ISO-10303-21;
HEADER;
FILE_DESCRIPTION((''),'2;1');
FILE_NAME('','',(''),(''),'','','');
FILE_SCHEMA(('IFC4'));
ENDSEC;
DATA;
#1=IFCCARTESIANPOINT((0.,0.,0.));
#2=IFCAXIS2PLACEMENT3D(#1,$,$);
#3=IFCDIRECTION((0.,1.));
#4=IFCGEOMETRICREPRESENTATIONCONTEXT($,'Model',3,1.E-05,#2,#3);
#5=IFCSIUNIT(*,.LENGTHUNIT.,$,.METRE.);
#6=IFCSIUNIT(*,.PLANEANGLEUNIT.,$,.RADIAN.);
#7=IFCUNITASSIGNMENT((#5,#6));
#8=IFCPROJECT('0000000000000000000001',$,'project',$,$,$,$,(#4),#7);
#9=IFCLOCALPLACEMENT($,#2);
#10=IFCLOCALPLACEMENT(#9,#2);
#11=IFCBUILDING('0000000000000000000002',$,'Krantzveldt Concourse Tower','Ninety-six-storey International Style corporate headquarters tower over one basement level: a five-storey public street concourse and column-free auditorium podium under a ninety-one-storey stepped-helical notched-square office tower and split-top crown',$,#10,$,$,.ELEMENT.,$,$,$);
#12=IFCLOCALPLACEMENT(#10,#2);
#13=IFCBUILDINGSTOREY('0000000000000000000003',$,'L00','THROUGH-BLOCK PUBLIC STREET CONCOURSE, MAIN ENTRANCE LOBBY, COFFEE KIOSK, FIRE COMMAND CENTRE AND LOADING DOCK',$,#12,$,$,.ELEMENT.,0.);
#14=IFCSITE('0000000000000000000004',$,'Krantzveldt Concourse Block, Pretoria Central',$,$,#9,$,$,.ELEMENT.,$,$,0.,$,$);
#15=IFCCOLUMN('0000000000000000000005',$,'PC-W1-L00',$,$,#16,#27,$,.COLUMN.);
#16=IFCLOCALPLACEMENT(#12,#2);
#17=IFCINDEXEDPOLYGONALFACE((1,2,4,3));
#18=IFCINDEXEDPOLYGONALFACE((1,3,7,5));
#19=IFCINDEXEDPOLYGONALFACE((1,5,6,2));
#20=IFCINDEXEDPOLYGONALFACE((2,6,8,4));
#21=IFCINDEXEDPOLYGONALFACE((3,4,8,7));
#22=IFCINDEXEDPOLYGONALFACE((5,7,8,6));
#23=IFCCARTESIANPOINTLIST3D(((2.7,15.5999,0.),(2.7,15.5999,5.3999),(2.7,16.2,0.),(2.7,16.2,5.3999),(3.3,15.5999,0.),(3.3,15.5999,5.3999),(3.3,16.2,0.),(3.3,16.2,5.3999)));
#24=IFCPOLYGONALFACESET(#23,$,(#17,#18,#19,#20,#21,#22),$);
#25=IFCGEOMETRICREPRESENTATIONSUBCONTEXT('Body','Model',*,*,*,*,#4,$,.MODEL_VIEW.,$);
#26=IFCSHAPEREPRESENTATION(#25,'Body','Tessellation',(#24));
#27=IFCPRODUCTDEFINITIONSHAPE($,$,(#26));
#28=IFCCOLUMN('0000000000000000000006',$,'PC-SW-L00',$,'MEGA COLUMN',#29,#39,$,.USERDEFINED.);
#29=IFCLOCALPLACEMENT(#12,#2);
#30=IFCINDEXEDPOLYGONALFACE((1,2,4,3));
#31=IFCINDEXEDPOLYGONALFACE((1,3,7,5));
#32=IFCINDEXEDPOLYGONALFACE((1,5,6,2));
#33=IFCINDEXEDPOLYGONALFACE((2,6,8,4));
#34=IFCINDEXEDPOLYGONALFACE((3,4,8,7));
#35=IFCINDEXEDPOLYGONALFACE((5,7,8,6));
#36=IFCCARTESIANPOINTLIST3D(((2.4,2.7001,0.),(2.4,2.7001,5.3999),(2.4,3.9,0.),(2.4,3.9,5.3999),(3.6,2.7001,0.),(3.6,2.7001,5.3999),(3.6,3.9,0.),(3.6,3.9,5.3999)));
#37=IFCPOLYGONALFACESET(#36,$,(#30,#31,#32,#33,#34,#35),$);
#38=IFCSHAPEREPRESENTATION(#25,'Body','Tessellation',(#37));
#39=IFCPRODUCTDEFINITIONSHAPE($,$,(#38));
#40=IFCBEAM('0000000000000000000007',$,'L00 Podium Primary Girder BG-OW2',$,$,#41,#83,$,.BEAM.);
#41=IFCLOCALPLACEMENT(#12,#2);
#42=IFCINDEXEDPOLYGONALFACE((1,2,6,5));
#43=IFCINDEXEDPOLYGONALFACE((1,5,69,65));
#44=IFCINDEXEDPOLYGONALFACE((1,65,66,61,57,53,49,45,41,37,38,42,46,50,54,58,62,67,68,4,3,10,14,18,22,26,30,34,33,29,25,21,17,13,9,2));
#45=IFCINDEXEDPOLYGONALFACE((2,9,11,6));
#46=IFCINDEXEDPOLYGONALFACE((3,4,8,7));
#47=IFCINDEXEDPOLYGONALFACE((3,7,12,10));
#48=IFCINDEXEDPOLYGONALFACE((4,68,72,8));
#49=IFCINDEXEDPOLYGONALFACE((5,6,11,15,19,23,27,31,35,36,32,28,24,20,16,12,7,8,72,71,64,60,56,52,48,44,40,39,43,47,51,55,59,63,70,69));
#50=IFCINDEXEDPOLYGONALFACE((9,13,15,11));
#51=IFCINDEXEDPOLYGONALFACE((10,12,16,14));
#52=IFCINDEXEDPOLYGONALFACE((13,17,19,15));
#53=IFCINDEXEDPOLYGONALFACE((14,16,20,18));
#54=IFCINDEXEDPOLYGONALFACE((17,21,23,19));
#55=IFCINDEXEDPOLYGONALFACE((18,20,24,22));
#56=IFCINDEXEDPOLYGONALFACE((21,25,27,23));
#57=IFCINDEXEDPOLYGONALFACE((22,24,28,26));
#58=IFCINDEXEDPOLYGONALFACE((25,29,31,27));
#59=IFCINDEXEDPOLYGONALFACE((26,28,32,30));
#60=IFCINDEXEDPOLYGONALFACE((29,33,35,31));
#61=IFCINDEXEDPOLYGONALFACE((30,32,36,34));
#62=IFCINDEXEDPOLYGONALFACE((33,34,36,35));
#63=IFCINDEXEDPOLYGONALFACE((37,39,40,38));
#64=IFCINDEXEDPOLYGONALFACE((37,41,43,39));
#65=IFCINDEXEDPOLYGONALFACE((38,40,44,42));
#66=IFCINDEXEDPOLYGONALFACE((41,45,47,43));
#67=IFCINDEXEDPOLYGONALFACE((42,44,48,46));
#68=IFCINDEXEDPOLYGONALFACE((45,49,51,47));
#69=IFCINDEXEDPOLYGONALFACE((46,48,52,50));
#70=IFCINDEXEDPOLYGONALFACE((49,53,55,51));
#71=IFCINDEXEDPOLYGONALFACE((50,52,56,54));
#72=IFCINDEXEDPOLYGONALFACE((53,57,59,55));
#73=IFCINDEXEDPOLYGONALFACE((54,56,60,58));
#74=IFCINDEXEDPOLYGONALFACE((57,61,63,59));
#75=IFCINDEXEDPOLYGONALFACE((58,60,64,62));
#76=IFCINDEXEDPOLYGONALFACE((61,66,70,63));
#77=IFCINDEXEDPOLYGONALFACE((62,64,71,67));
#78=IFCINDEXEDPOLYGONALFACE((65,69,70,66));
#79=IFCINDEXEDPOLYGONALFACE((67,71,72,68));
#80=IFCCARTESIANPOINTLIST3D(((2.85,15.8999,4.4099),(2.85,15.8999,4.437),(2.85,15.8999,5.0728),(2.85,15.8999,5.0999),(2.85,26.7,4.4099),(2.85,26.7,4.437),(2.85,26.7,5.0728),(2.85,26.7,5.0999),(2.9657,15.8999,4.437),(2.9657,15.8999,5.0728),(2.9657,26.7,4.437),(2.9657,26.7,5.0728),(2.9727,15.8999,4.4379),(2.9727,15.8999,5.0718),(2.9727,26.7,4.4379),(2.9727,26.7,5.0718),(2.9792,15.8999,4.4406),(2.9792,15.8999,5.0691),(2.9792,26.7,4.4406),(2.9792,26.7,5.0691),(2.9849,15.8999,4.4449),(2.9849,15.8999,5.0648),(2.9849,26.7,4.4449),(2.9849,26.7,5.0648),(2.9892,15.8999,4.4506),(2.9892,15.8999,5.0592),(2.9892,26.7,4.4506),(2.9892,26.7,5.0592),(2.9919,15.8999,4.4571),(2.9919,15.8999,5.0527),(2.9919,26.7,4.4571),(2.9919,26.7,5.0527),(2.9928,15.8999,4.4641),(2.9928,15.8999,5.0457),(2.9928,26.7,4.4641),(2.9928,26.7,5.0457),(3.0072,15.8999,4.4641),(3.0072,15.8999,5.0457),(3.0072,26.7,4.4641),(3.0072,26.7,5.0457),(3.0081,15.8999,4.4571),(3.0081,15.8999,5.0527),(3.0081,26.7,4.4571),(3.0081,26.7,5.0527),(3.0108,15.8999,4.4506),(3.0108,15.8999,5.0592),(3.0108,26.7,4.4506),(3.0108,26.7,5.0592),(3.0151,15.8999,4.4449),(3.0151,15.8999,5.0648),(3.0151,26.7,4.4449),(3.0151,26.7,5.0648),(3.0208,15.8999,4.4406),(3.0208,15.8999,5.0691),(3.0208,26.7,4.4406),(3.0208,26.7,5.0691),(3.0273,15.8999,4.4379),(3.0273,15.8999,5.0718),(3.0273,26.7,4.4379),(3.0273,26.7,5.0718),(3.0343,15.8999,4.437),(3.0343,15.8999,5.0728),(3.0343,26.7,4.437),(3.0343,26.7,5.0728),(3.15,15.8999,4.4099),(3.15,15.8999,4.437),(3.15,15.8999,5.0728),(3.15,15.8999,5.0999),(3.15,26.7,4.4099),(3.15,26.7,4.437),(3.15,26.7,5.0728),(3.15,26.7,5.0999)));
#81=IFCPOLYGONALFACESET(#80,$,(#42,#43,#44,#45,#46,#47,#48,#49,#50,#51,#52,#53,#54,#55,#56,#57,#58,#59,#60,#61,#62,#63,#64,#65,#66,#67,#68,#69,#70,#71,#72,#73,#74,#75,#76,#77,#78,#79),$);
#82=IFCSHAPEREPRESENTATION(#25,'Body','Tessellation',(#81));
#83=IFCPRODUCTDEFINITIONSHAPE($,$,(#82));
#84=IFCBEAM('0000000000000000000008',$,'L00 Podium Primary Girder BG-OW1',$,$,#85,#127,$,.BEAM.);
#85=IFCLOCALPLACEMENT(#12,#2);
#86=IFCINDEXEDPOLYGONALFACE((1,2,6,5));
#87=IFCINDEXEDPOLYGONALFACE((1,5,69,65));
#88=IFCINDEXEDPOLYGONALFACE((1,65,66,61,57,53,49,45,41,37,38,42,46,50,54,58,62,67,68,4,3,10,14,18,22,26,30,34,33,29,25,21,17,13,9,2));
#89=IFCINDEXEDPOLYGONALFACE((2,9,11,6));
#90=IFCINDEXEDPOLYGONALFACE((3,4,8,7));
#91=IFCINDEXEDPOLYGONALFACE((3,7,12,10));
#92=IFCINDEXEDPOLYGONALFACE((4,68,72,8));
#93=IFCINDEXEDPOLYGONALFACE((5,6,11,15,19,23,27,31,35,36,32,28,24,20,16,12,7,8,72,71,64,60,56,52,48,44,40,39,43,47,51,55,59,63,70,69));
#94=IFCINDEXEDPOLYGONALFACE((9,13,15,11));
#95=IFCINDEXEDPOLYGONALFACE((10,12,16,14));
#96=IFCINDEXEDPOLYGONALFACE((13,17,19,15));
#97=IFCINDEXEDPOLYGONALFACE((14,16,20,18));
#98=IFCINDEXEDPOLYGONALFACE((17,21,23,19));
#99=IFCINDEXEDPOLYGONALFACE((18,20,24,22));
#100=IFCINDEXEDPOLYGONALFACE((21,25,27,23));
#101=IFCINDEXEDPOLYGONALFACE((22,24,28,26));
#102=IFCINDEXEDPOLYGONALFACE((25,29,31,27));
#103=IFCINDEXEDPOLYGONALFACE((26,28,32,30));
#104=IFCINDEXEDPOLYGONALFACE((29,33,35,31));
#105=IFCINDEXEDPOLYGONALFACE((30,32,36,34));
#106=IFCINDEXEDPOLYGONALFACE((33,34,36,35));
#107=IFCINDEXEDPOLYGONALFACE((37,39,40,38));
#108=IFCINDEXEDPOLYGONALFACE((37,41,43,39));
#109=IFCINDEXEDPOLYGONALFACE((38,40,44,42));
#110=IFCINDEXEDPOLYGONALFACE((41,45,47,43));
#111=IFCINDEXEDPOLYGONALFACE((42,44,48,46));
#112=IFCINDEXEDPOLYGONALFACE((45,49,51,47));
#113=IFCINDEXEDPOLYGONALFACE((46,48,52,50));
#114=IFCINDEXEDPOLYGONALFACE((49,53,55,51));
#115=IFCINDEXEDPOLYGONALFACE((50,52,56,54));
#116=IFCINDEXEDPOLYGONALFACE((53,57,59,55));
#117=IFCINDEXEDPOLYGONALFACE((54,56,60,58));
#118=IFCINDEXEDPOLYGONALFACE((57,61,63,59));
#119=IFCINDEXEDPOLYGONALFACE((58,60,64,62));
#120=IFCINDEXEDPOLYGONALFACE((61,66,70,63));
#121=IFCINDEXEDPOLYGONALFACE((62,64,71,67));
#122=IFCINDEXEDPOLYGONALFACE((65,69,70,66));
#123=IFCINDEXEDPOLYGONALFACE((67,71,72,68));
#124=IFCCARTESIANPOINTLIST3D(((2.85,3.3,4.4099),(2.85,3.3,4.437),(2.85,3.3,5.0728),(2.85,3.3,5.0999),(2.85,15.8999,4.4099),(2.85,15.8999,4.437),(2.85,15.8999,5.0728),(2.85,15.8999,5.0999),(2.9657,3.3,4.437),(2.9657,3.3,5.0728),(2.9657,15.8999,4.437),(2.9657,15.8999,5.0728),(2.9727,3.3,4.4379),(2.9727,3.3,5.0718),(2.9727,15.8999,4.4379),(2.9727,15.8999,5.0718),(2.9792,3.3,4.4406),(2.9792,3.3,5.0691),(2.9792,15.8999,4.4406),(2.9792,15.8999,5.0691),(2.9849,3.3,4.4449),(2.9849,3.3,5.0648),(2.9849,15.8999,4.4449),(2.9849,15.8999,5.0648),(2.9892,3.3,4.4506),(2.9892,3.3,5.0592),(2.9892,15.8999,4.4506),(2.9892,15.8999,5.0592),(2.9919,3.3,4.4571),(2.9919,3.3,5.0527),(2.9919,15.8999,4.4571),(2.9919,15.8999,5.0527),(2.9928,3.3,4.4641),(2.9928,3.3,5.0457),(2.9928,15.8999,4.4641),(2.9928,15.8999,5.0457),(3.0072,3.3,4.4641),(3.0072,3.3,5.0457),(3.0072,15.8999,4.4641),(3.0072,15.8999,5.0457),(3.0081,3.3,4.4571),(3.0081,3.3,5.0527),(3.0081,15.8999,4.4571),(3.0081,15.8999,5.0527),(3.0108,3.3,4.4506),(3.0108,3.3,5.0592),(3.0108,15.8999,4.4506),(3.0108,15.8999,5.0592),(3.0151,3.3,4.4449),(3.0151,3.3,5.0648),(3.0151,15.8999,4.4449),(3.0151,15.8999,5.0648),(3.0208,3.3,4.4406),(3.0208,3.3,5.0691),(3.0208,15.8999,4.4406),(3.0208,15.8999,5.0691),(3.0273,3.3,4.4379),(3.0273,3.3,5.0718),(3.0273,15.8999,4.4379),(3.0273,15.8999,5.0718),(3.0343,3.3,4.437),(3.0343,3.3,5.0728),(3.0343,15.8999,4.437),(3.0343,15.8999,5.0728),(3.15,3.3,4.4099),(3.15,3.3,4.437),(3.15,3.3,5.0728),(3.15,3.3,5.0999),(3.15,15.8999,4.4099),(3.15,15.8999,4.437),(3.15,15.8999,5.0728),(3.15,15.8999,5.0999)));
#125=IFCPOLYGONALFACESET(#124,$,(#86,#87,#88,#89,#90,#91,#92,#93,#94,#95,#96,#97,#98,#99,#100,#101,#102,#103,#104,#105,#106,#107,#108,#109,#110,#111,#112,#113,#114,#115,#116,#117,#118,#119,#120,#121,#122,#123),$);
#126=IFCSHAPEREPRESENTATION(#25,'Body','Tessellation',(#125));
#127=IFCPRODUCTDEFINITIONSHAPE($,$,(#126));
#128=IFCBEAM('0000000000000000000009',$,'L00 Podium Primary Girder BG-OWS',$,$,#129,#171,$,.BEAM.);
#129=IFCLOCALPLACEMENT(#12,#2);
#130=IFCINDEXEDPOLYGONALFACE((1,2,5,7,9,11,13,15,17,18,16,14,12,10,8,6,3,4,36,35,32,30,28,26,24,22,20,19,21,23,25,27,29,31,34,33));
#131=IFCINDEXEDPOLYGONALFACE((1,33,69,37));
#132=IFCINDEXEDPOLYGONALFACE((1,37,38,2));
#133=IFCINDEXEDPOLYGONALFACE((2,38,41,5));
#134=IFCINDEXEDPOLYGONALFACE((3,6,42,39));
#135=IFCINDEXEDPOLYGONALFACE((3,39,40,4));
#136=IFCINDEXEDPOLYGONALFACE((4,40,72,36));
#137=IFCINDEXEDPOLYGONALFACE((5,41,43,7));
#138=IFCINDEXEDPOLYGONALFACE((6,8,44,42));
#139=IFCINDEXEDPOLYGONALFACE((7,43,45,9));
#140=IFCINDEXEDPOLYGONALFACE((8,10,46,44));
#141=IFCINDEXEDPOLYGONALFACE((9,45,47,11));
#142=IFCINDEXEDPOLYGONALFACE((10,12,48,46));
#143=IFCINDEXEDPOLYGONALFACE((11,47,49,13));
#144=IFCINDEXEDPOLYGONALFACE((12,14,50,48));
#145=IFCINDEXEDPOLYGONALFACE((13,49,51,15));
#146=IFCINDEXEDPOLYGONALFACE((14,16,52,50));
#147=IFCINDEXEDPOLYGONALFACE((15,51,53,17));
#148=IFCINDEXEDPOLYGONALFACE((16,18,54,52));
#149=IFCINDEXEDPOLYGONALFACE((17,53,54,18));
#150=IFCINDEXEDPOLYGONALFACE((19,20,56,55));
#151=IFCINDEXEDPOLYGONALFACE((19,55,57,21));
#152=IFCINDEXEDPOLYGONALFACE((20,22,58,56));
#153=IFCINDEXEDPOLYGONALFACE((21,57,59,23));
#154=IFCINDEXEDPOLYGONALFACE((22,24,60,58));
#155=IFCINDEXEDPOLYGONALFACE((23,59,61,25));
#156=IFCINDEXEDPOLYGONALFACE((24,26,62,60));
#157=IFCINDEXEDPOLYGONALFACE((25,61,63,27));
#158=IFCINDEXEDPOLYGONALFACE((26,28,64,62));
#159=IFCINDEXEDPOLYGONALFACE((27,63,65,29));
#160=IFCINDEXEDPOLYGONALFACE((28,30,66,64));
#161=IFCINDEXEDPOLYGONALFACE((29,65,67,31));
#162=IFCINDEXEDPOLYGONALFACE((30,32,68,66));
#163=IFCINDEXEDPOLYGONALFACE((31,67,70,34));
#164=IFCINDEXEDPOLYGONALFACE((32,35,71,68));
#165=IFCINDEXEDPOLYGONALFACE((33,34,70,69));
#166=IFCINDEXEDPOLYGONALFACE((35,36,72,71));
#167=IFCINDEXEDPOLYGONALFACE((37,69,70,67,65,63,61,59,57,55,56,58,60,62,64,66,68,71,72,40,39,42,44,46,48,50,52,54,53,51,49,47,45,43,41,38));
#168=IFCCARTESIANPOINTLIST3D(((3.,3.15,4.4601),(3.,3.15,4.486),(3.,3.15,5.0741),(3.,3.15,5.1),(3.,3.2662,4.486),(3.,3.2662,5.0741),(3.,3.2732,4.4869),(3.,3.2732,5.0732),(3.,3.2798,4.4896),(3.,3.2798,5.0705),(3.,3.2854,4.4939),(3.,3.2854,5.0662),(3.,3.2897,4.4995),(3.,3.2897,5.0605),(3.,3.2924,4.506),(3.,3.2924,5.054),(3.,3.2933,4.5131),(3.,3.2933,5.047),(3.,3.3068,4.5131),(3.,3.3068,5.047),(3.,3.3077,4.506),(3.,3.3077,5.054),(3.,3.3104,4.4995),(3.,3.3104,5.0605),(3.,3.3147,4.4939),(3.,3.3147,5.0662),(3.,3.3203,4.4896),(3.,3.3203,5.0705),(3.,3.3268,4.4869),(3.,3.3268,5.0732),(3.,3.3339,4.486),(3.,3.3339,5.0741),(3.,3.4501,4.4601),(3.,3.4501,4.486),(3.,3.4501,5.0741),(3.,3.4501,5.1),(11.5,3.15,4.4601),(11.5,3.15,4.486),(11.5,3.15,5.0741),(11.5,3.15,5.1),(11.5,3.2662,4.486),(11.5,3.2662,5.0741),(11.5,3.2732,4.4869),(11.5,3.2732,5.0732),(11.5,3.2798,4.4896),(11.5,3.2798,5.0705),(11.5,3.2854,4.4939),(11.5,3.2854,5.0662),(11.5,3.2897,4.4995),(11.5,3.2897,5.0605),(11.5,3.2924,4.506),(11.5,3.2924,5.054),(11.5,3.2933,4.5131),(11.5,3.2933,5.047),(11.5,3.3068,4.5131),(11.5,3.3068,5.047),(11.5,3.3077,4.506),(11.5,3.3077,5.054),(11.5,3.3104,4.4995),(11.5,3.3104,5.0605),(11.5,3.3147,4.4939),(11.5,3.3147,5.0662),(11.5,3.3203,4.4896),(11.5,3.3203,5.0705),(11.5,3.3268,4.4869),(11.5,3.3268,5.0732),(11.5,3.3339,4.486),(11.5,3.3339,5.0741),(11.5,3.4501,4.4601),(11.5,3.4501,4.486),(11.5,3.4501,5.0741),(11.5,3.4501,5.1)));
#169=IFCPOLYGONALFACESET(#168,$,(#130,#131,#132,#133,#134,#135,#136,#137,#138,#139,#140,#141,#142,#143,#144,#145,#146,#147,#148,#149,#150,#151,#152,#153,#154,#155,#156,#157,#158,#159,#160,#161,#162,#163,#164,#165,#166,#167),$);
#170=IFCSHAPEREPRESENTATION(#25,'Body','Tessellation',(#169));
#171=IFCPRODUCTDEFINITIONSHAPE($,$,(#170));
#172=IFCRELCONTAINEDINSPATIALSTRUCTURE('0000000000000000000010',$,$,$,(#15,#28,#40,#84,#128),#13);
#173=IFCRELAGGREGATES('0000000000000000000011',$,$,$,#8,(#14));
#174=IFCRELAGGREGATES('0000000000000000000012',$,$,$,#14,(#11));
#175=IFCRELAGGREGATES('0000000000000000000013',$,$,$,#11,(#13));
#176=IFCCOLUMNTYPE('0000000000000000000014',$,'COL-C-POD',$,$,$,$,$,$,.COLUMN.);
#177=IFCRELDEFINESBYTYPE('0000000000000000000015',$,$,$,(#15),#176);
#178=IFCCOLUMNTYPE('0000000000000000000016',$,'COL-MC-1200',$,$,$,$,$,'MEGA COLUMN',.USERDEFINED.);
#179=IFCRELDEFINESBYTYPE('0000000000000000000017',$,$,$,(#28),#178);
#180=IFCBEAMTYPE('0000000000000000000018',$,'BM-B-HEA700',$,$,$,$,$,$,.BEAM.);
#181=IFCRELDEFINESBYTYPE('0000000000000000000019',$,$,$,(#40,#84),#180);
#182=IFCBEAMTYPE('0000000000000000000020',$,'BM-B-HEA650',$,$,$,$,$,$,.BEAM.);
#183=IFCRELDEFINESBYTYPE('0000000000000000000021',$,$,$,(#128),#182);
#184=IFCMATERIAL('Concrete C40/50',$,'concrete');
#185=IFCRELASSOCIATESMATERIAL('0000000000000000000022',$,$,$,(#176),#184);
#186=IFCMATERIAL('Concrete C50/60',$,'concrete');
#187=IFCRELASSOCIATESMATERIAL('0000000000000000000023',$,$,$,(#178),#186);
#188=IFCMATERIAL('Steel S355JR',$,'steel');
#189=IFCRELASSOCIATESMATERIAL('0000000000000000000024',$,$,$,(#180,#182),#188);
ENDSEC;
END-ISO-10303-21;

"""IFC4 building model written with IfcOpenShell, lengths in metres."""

from ifc_helpers import new_model, si_unit, direction, frame, origin, origin_2d, place, context, subcontext, project, spatial, rectangle, i_section, extrude, source, transform, mapped, material, material_profile, profile_set, type_object, type_shapes, element, save


model = new_model("IFC4")

# Units and contexts
model_context = context("Model", 3, precision=1e-05, world=origin(), true_north=direction((0.0, 1.0)))
body_context = subcontext(model_context, "Body", "Model", "MODEL_VIEW")
ifc_project = project(units=[si_unit("LENGTHUNIT", "METRE"), si_unit("PLANEANGLEUNIT", "RADIAN")], contexts=[model_context])

# Site, building, storey
site_placement = place(None, origin())
site = spatial("IfcSite", under=ifc_project, at=site_placement, Name="Krantzveldt Concourse Block, Pretoria Central", CompositionType="ELEMENT", RefElevation=0.0)
building_placement = place(site_placement, origin())
building = spatial("IfcBuilding", under=site, at=building_placement, Name="Krantzveldt Concourse Tower", Description="Ninety-six-storey International Style corporate headquarters tower over one basement level: a five-storey public street concourse and column-free auditorium podium under a ninety-one-storey stepped-helical notched-square office tower and split-top crown", CompositionType="ELEMENT")
storey_placement = place(building_placement, origin())
storey = spatial("IfcBuildingStorey", under=building, at=storey_placement, Name="L00", Description="THROUGH-BLOCK PUBLIC STREET CONCOURSE, MAIN ENTRANCE LOBBY, COFFEE KIOSK, FIRE COMMAND CENTRE AND LOADING DOCK", CompositionType="ELEMENT", Elevation=0.0)

# Columns
ifc_material_1 = material(Name="Concrete C40/50", Category="concrete")
ifc_material_profile_1 = material_profile(ifc_material_1, rectangle(XDim=0.6001, YDim=0.6001, at=origin_2d()), Name="Concrete C40/50", Category="concrete")
ifc_profile_set_1 = profile_set([ifc_material_profile_1], Name="Concrete C40/50 - RC 600x600")
column_type_1 = type_object("IfcColumnType", Name="COL-C-POD", PredefinedType="COLUMN", material=ifc_profile_set_1)
shared_shape_1 = source(origin(), body_context, "Body", "SweptSolid", [
    extrude(rectangle(XDim=0.6001, YDim=0.6001, at=origin_2d()), origin(), (0.0, 0.0, 1.0), 5.3999),
])
type_shapes(column_type_1, [shared_shape_1])
column_1_placement = place(storey_placement, frame((3.0, 15.8999, 0.0), z_axis=(0.0, 0.0, 1.0), x_axis=(1.0, 0.0, 0.0)))
element("IfcColumn", 1, at=column_1_placement, inside=storey, type_object=column_type_1, Name="PC-W1-L00", PredefinedType="COLUMN", context=body_context, shape_type="MappedRepresentation", body=[
    mapped(shared_shape_1, transform((0.0, 0.0, 0.0), x_axis=(1.0, 0.0, 0.0), y_axis=(0.0, 1.0, 0.0), z_axis=(0.0, 0.0, 1.0), scale=1.0)),
])
ifc_material_2 = material(Name="Concrete C50/60", Category="concrete")
ifc_material_profile_2 = material_profile(ifc_material_2, rectangle(XDim=1.2, YDim=1.2, at=origin_2d()), Name="Concrete C50/60", Category="concrete")
ifc_profile_set_2 = profile_set([ifc_material_profile_2], Name="Concrete C50/60 - RC 1200x1200")
column_type_2 = type_object("IfcColumnType", Name="COL-MC-1200", ElementType="MEGA COLUMN", PredefinedType="USERDEFINED", material=ifc_profile_set_2)
shared_shape_2 = source(origin(), body_context, "Body", "SweptSolid", [
    extrude(rectangle(XDim=1.2, YDim=1.2, at=origin_2d()), origin(), (0.0, 0.0, 1.0), 5.3999),
])
type_shapes(column_type_2, [shared_shape_2])
column_2_placement = place(storey_placement, frame((3.0, 3.3, 0.0), z_axis=(0.0, 0.0, 1.0), x_axis=(1.0, 0.0, 0.0)))
element("IfcColumn", 2, at=column_2_placement, inside=storey, type_object=column_type_2, Name="PC-SW-L00", ObjectType="MEGA COLUMN", PredefinedType="USERDEFINED", context=body_context, shape_type="MappedRepresentation", body=[
    mapped(shared_shape_2, transform((0.0, 0.0, 0.0), x_axis=(1.0, 0.0, 0.0), y_axis=(0.0, 1.0, 0.0), z_axis=(0.0, 0.0, 1.0), scale=1.0)),
])

# Beams
ifc_material_3 = material(Name="Steel S355JR", Category="steel")
ifc_material_profile_3 = material_profile(ifc_material_3, i_section(OverallWidth=0.3, OverallDepth=0.6899, WebThickness=0.0144, FlangeThickness=0.0271, FilletRadius=0.0271, at=origin_2d()), Name="Steel S355JR", Category="steel")
ifc_profile_set_3 = profile_set([ifc_material_profile_3], Name="Steel S355JR - HEA 700")
beam_type_1 = type_object("IfcBeamType", Name="BM-B-HEA700", PredefinedType="BEAM", material=ifc_profile_set_3)
shared_shape_3 = source(origin(), body_context, "Body", "SweptSolid", [
    extrude(i_section(OverallWidth=0.3, OverallDepth=0.6899, WebThickness=0.0144, FlangeThickness=0.0271, FilletRadius=0.0271, at=origin_2d()), origin(), (0.0, 0.0, 1.0), 10.8),
])
beam_1_placement = place(storey_placement, frame((3.0, 15.8999, 4.7549), z_axis=(0.0, 1.0, 0.0), x_axis=(-1.0, 0.0, 0.0)))
element("IfcBeam", 3, at=beam_1_placement, inside=storey, type_object=beam_type_1, Name="L00 Podium Primary Girder BG-OW2", PredefinedType="BEAM", context=body_context, shape_type="MappedRepresentation", body=[
    mapped(shared_shape_3, transform((0.0, 0.0, 0.0), x_axis=(1.0, 0.0, 0.0), y_axis=(0.0, 1.0, 0.0), z_axis=(0.0, 0.0, 1.0), scale=1.0)),
])
shared_shape_4 = source(origin(), body_context, "Body", "SweptSolid", [
    extrude(i_section(OverallWidth=0.3, OverallDepth=0.6899, WebThickness=0.0144, FlangeThickness=0.0271, FilletRadius=0.0271, at=origin_2d()), origin(), (0.0, 0.0, 1.0), 12.5999),
])
type_shapes(beam_type_1, [shared_shape_3, shared_shape_4])
beam_2_placement = place(storey_placement, frame((3.0, 3.3, 4.7549), z_axis=(0.0, 1.0, 0.0), x_axis=(-1.0, 0.0, 0.0)))
element("IfcBeam", 4, at=beam_2_placement, inside=storey, type_object=beam_type_1, Name="L00 Podium Primary Girder BG-OW1", PredefinedType="BEAM", context=body_context, shape_type="MappedRepresentation", body=[
    mapped(shared_shape_4, transform((0.0, 0.0, 0.0), x_axis=(1.0, 0.0, 0.0), y_axis=(0.0, 1.0, 0.0), z_axis=(0.0, 0.0, 1.0), scale=1.0)),
])
ifc_material_profile_4 = material_profile(ifc_material_3, i_section(OverallWidth=0.3, OverallDepth=0.6399, WebThickness=0.0134, FlangeThickness=0.0259, FilletRadius=0.0271, at=origin_2d()), Name="Steel S355JR", Category="steel")
ifc_profile_set_4 = profile_set([ifc_material_profile_4], Name="Steel S355JR - HEA 650")
beam_type_2 = type_object("IfcBeamType", Name="BM-B-HEA650", PredefinedType="BEAM", material=ifc_profile_set_4)
shared_shape_5 = source(origin(), body_context, "Body", "SweptSolid", [
    extrude(i_section(OverallWidth=0.3, OverallDepth=0.6399, WebThickness=0.0134, FlangeThickness=0.0259, FilletRadius=0.0271, at=origin_2d()), origin(), (0.0, 0.0, 1.0), 8.5),
])
type_shapes(beam_type_2, [shared_shape_5])
beam_3_placement = place(storey_placement, frame((3.0, 3.3, 4.78), z_axis=(1.0, 0.0, 0.0), x_axis=(0.0, 1.0, 0.0)))
element("IfcBeam", 5, at=beam_3_placement, inside=storey, type_object=beam_type_2, Name="L00 Podium Primary Girder BG-OWS", PredefinedType="BEAM", context=body_context, shape_type="MappedRepresentation", body=[
    mapped(shared_shape_5, transform((0.0, 0.0, 0.0), x_axis=(1.0, 0.0, 0.0), y_axis=(0.0, 1.0, 0.0), z_axis=(0.0, 0.0, 1.0), scale=1.0)),
])

save(model, "model.ifc")
